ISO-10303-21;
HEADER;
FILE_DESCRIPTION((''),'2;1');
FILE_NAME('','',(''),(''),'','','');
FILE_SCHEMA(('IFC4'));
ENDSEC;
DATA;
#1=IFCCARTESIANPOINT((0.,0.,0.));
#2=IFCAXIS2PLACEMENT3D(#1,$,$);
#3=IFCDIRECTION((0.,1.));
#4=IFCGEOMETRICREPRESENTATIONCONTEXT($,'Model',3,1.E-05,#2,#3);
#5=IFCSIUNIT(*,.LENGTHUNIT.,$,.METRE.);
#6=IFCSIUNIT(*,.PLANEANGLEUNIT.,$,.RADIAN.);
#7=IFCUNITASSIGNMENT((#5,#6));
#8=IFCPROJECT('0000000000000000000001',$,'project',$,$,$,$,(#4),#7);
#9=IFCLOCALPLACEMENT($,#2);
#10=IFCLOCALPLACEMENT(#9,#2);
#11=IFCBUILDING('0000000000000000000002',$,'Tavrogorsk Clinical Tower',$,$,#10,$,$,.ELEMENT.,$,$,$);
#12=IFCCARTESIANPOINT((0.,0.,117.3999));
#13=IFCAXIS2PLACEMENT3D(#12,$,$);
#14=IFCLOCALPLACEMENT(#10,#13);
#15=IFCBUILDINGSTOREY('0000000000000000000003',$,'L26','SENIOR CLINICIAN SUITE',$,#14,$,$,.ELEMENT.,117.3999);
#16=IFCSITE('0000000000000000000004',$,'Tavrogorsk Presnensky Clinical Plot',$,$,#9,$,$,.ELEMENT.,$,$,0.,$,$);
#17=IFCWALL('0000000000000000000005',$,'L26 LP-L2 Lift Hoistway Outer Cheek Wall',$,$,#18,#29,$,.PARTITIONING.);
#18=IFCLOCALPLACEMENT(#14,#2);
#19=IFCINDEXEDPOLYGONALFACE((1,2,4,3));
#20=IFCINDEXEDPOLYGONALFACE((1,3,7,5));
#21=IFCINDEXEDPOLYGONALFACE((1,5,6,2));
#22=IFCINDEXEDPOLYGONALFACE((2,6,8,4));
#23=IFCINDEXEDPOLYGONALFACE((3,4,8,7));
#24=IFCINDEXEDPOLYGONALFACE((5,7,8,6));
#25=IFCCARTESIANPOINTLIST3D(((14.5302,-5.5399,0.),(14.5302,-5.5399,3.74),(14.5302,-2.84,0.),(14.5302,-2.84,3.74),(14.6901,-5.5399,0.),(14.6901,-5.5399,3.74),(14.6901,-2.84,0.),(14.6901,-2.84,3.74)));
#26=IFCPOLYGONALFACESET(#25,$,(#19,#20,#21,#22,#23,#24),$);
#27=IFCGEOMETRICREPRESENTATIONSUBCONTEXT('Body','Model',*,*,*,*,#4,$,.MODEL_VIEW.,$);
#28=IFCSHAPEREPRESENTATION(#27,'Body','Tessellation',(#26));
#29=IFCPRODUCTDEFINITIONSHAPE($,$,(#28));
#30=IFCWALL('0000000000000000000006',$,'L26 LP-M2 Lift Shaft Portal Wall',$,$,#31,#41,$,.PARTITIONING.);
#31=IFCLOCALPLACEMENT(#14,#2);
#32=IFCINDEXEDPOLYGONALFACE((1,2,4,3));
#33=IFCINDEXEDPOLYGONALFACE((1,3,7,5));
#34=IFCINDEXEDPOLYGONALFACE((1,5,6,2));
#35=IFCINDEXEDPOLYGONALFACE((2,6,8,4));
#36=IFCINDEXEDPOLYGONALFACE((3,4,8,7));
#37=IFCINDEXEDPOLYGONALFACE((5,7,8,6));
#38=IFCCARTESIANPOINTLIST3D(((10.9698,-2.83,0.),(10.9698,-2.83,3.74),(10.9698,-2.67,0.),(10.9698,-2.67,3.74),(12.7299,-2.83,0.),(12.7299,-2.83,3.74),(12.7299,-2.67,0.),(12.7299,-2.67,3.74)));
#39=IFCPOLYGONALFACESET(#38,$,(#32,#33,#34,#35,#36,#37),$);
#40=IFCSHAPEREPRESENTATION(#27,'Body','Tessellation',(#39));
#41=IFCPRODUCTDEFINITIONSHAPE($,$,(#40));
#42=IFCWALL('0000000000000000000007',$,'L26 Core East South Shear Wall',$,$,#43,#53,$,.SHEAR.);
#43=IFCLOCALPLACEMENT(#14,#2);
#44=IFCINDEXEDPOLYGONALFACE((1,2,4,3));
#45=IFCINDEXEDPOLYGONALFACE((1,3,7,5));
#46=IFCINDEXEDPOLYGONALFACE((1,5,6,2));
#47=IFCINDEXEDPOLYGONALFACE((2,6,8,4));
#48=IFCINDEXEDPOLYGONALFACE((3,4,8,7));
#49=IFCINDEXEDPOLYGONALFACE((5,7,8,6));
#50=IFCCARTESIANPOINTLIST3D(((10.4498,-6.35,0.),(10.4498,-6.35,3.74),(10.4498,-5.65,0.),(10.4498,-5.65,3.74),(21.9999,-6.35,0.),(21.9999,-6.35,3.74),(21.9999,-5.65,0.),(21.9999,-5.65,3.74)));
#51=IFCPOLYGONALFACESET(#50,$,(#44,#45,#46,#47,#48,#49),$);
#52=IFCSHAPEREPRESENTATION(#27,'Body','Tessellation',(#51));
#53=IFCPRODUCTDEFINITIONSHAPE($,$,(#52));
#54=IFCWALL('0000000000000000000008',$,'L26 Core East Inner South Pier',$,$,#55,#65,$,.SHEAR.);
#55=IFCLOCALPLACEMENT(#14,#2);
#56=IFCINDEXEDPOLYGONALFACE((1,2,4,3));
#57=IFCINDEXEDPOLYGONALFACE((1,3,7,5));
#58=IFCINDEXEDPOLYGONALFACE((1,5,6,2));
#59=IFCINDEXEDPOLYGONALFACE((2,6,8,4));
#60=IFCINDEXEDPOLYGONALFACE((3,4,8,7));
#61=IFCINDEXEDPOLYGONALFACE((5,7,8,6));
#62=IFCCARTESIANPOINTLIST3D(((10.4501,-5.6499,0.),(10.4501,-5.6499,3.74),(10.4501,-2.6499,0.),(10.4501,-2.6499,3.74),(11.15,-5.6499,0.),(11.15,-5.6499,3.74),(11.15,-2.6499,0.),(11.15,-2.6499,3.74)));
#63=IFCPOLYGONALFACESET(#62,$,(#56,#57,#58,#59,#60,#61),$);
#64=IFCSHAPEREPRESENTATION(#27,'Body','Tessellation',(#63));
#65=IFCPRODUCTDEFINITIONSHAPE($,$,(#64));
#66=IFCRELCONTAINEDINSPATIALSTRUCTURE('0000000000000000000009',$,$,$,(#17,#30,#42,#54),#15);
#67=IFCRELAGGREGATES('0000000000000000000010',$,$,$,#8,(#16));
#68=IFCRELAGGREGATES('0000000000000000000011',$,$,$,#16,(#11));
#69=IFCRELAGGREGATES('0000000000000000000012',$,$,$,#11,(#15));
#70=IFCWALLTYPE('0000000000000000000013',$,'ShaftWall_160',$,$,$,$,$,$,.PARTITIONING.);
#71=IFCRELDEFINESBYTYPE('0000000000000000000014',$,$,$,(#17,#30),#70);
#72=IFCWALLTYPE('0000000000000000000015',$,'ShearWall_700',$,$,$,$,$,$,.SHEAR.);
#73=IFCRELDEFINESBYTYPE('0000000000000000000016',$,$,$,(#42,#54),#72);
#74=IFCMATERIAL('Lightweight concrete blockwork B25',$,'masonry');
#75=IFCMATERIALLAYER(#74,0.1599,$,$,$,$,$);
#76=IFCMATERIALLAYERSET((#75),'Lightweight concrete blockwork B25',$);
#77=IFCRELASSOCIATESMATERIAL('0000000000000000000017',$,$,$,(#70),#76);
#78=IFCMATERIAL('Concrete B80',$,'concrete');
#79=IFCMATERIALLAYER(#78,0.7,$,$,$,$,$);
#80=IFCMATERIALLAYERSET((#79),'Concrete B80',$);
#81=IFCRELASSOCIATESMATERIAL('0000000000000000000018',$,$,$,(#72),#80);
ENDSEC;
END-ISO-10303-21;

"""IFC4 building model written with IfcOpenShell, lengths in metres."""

from ifc_helpers import new_model, si_unit, direction, frame, frame_2d, origin, place, context, subcontext, project, spatial, rectangle, extrude, material, layer, layer_set, type_object, element, save


model = new_model("IFC4")

# Units and contexts
model_context = context("Model", 3, precision=1e-05, world=origin(), true_north=direction((0.0, 1.0)))
body_context = subcontext(model_context, "Body", "Model", "MODEL_VIEW")
ifc_project = project(units=[si_unit("LENGTHUNIT", "METRE"), si_unit("PLANEANGLEUNIT", "RADIAN")], contexts=[model_context])

# Site, building, storey
site_placement = place(None, origin())
site = spatial("IfcSite", under=ifc_project, at=site_placement, Name="Tavrogorsk Presnensky Clinical Plot", CompositionType="ELEMENT", RefElevation=0.0)
building_placement = place(site_placement, origin())
building = spatial("IfcBuilding", under=site, at=building_placement, Name="Tavrogorsk Clinical Tower", CompositionType="ELEMENT")
storey_placement = place(building_placement, frame((0.0, 0.0, 117.3999)))
storey = spatial("IfcBuildingStorey", under=building, at=storey_placement, Name="L26", Description="SENIOR CLINICIAN SUITE", CompositionType="ELEMENT", Elevation=117.3999)

# Shared definitions
ifc_material_1 = material(Name="Lightweight concrete blockwork B25", Category="masonry")
ifc_layer_1 = layer(ifc_material_1, 0.1599)
ifc_layer_set_1 = layer_set([ifc_layer_1], Name="Lightweight concrete blockwork B25")
wall_type_1 = type_object("IfcWallType", Name="ShaftWall_160", PredefinedType="PARTITIONING", material=ifc_layer_set_1)

# Walls
for number, where, z_axis, x_axis, name in (
    (1, (14.6101, -5.54, 0.0), (0.0, 0.0, 1.0), (0.0, 1.0, 0.0), "L26 LP-L2 Lift Hoistway Outer Cheek Wall"),
):
    element("IfcWall", number, at=place(storey_placement, frame(where, z_axis=z_axis, x_axis=x_axis)), inside=storey, type_object=wall_type_1, Name=name, PredefinedType="PARTITIONING", context=body_context, shape_type="SweptSolid", body=[
        extrude(rectangle(XDim=2.7, YDim=0.1599, at=frame_2d((1.3501, 0.0))), origin(), (0.0, 0.0, 1.0), 3.74),
    ])
wall_1_placement = place(storey_placement, frame((10.97, -2.75, 0.0), z_axis=(0.0, 0.0, 1.0), x_axis=(1.0, 0.0, 0.0)))
element("IfcWall", 2, at=wall_1_placement, inside=storey, type_object=wall_type_1, Name="L26 LP-M2 Lift Shaft Portal Wall", PredefinedType="PARTITIONING", context=body_context, shape_type="SweptSolid", body=[
    extrude(rectangle(XDim=1.76, YDim=0.1599, at=frame_2d((0.8799, 0.0))), origin(), (0.0, 0.0, 1.0), 3.74),
])
ifc_material_2 = material(Name="Concrete B80", Category="concrete")
ifc_layer_2 = layer(ifc_material_2, 0.7)
ifc_layer_set_2 = layer_set([ifc_layer_2], Name="Concrete B80")
wall_type_2 = type_object("IfcWallType", Name="ShearWall_700", PredefinedType="SHEAR", material=ifc_layer_set_2)
wall_2_placement = place(storey_placement, frame((10.45, -6.0, 0.0), z_axis=(0.0, 0.0, 1.0), x_axis=(1.0, 0.0, 0.0)))
element("IfcWall", 3, at=wall_2_placement, inside=storey, type_object=wall_type_2, Name="L26 Core East South Shear Wall", PredefinedType="SHEAR", context=body_context, shape_type="SweptSolid", body=[
    extrude(rectangle(XDim=11.55, YDim=0.7, at=frame_2d((5.7749, 0.0))), origin(), (0.0, 0.0, 1.0), 3.74),
])
wall_3_placement = place(storey_placement, frame((10.8, -5.6499, 0.0), z_axis=(0.0, 0.0, 1.0), x_axis=(0.0, 1.0, 0.0)))
element("IfcWall", 4, at=wall_3_placement, inside=storey, type_object=wall_type_2, Name="L26 Core East Inner South Pier", PredefinedType="SHEAR", context=body_context, shape_type="SweptSolid", body=[
    extrude(rectangle(XDim=3.0, YDim=0.7, at=frame_2d((1.5, 0.0))), origin(), (0.0, 0.0, 1.0), 3.74),
])

save(model, "model.ifc")
